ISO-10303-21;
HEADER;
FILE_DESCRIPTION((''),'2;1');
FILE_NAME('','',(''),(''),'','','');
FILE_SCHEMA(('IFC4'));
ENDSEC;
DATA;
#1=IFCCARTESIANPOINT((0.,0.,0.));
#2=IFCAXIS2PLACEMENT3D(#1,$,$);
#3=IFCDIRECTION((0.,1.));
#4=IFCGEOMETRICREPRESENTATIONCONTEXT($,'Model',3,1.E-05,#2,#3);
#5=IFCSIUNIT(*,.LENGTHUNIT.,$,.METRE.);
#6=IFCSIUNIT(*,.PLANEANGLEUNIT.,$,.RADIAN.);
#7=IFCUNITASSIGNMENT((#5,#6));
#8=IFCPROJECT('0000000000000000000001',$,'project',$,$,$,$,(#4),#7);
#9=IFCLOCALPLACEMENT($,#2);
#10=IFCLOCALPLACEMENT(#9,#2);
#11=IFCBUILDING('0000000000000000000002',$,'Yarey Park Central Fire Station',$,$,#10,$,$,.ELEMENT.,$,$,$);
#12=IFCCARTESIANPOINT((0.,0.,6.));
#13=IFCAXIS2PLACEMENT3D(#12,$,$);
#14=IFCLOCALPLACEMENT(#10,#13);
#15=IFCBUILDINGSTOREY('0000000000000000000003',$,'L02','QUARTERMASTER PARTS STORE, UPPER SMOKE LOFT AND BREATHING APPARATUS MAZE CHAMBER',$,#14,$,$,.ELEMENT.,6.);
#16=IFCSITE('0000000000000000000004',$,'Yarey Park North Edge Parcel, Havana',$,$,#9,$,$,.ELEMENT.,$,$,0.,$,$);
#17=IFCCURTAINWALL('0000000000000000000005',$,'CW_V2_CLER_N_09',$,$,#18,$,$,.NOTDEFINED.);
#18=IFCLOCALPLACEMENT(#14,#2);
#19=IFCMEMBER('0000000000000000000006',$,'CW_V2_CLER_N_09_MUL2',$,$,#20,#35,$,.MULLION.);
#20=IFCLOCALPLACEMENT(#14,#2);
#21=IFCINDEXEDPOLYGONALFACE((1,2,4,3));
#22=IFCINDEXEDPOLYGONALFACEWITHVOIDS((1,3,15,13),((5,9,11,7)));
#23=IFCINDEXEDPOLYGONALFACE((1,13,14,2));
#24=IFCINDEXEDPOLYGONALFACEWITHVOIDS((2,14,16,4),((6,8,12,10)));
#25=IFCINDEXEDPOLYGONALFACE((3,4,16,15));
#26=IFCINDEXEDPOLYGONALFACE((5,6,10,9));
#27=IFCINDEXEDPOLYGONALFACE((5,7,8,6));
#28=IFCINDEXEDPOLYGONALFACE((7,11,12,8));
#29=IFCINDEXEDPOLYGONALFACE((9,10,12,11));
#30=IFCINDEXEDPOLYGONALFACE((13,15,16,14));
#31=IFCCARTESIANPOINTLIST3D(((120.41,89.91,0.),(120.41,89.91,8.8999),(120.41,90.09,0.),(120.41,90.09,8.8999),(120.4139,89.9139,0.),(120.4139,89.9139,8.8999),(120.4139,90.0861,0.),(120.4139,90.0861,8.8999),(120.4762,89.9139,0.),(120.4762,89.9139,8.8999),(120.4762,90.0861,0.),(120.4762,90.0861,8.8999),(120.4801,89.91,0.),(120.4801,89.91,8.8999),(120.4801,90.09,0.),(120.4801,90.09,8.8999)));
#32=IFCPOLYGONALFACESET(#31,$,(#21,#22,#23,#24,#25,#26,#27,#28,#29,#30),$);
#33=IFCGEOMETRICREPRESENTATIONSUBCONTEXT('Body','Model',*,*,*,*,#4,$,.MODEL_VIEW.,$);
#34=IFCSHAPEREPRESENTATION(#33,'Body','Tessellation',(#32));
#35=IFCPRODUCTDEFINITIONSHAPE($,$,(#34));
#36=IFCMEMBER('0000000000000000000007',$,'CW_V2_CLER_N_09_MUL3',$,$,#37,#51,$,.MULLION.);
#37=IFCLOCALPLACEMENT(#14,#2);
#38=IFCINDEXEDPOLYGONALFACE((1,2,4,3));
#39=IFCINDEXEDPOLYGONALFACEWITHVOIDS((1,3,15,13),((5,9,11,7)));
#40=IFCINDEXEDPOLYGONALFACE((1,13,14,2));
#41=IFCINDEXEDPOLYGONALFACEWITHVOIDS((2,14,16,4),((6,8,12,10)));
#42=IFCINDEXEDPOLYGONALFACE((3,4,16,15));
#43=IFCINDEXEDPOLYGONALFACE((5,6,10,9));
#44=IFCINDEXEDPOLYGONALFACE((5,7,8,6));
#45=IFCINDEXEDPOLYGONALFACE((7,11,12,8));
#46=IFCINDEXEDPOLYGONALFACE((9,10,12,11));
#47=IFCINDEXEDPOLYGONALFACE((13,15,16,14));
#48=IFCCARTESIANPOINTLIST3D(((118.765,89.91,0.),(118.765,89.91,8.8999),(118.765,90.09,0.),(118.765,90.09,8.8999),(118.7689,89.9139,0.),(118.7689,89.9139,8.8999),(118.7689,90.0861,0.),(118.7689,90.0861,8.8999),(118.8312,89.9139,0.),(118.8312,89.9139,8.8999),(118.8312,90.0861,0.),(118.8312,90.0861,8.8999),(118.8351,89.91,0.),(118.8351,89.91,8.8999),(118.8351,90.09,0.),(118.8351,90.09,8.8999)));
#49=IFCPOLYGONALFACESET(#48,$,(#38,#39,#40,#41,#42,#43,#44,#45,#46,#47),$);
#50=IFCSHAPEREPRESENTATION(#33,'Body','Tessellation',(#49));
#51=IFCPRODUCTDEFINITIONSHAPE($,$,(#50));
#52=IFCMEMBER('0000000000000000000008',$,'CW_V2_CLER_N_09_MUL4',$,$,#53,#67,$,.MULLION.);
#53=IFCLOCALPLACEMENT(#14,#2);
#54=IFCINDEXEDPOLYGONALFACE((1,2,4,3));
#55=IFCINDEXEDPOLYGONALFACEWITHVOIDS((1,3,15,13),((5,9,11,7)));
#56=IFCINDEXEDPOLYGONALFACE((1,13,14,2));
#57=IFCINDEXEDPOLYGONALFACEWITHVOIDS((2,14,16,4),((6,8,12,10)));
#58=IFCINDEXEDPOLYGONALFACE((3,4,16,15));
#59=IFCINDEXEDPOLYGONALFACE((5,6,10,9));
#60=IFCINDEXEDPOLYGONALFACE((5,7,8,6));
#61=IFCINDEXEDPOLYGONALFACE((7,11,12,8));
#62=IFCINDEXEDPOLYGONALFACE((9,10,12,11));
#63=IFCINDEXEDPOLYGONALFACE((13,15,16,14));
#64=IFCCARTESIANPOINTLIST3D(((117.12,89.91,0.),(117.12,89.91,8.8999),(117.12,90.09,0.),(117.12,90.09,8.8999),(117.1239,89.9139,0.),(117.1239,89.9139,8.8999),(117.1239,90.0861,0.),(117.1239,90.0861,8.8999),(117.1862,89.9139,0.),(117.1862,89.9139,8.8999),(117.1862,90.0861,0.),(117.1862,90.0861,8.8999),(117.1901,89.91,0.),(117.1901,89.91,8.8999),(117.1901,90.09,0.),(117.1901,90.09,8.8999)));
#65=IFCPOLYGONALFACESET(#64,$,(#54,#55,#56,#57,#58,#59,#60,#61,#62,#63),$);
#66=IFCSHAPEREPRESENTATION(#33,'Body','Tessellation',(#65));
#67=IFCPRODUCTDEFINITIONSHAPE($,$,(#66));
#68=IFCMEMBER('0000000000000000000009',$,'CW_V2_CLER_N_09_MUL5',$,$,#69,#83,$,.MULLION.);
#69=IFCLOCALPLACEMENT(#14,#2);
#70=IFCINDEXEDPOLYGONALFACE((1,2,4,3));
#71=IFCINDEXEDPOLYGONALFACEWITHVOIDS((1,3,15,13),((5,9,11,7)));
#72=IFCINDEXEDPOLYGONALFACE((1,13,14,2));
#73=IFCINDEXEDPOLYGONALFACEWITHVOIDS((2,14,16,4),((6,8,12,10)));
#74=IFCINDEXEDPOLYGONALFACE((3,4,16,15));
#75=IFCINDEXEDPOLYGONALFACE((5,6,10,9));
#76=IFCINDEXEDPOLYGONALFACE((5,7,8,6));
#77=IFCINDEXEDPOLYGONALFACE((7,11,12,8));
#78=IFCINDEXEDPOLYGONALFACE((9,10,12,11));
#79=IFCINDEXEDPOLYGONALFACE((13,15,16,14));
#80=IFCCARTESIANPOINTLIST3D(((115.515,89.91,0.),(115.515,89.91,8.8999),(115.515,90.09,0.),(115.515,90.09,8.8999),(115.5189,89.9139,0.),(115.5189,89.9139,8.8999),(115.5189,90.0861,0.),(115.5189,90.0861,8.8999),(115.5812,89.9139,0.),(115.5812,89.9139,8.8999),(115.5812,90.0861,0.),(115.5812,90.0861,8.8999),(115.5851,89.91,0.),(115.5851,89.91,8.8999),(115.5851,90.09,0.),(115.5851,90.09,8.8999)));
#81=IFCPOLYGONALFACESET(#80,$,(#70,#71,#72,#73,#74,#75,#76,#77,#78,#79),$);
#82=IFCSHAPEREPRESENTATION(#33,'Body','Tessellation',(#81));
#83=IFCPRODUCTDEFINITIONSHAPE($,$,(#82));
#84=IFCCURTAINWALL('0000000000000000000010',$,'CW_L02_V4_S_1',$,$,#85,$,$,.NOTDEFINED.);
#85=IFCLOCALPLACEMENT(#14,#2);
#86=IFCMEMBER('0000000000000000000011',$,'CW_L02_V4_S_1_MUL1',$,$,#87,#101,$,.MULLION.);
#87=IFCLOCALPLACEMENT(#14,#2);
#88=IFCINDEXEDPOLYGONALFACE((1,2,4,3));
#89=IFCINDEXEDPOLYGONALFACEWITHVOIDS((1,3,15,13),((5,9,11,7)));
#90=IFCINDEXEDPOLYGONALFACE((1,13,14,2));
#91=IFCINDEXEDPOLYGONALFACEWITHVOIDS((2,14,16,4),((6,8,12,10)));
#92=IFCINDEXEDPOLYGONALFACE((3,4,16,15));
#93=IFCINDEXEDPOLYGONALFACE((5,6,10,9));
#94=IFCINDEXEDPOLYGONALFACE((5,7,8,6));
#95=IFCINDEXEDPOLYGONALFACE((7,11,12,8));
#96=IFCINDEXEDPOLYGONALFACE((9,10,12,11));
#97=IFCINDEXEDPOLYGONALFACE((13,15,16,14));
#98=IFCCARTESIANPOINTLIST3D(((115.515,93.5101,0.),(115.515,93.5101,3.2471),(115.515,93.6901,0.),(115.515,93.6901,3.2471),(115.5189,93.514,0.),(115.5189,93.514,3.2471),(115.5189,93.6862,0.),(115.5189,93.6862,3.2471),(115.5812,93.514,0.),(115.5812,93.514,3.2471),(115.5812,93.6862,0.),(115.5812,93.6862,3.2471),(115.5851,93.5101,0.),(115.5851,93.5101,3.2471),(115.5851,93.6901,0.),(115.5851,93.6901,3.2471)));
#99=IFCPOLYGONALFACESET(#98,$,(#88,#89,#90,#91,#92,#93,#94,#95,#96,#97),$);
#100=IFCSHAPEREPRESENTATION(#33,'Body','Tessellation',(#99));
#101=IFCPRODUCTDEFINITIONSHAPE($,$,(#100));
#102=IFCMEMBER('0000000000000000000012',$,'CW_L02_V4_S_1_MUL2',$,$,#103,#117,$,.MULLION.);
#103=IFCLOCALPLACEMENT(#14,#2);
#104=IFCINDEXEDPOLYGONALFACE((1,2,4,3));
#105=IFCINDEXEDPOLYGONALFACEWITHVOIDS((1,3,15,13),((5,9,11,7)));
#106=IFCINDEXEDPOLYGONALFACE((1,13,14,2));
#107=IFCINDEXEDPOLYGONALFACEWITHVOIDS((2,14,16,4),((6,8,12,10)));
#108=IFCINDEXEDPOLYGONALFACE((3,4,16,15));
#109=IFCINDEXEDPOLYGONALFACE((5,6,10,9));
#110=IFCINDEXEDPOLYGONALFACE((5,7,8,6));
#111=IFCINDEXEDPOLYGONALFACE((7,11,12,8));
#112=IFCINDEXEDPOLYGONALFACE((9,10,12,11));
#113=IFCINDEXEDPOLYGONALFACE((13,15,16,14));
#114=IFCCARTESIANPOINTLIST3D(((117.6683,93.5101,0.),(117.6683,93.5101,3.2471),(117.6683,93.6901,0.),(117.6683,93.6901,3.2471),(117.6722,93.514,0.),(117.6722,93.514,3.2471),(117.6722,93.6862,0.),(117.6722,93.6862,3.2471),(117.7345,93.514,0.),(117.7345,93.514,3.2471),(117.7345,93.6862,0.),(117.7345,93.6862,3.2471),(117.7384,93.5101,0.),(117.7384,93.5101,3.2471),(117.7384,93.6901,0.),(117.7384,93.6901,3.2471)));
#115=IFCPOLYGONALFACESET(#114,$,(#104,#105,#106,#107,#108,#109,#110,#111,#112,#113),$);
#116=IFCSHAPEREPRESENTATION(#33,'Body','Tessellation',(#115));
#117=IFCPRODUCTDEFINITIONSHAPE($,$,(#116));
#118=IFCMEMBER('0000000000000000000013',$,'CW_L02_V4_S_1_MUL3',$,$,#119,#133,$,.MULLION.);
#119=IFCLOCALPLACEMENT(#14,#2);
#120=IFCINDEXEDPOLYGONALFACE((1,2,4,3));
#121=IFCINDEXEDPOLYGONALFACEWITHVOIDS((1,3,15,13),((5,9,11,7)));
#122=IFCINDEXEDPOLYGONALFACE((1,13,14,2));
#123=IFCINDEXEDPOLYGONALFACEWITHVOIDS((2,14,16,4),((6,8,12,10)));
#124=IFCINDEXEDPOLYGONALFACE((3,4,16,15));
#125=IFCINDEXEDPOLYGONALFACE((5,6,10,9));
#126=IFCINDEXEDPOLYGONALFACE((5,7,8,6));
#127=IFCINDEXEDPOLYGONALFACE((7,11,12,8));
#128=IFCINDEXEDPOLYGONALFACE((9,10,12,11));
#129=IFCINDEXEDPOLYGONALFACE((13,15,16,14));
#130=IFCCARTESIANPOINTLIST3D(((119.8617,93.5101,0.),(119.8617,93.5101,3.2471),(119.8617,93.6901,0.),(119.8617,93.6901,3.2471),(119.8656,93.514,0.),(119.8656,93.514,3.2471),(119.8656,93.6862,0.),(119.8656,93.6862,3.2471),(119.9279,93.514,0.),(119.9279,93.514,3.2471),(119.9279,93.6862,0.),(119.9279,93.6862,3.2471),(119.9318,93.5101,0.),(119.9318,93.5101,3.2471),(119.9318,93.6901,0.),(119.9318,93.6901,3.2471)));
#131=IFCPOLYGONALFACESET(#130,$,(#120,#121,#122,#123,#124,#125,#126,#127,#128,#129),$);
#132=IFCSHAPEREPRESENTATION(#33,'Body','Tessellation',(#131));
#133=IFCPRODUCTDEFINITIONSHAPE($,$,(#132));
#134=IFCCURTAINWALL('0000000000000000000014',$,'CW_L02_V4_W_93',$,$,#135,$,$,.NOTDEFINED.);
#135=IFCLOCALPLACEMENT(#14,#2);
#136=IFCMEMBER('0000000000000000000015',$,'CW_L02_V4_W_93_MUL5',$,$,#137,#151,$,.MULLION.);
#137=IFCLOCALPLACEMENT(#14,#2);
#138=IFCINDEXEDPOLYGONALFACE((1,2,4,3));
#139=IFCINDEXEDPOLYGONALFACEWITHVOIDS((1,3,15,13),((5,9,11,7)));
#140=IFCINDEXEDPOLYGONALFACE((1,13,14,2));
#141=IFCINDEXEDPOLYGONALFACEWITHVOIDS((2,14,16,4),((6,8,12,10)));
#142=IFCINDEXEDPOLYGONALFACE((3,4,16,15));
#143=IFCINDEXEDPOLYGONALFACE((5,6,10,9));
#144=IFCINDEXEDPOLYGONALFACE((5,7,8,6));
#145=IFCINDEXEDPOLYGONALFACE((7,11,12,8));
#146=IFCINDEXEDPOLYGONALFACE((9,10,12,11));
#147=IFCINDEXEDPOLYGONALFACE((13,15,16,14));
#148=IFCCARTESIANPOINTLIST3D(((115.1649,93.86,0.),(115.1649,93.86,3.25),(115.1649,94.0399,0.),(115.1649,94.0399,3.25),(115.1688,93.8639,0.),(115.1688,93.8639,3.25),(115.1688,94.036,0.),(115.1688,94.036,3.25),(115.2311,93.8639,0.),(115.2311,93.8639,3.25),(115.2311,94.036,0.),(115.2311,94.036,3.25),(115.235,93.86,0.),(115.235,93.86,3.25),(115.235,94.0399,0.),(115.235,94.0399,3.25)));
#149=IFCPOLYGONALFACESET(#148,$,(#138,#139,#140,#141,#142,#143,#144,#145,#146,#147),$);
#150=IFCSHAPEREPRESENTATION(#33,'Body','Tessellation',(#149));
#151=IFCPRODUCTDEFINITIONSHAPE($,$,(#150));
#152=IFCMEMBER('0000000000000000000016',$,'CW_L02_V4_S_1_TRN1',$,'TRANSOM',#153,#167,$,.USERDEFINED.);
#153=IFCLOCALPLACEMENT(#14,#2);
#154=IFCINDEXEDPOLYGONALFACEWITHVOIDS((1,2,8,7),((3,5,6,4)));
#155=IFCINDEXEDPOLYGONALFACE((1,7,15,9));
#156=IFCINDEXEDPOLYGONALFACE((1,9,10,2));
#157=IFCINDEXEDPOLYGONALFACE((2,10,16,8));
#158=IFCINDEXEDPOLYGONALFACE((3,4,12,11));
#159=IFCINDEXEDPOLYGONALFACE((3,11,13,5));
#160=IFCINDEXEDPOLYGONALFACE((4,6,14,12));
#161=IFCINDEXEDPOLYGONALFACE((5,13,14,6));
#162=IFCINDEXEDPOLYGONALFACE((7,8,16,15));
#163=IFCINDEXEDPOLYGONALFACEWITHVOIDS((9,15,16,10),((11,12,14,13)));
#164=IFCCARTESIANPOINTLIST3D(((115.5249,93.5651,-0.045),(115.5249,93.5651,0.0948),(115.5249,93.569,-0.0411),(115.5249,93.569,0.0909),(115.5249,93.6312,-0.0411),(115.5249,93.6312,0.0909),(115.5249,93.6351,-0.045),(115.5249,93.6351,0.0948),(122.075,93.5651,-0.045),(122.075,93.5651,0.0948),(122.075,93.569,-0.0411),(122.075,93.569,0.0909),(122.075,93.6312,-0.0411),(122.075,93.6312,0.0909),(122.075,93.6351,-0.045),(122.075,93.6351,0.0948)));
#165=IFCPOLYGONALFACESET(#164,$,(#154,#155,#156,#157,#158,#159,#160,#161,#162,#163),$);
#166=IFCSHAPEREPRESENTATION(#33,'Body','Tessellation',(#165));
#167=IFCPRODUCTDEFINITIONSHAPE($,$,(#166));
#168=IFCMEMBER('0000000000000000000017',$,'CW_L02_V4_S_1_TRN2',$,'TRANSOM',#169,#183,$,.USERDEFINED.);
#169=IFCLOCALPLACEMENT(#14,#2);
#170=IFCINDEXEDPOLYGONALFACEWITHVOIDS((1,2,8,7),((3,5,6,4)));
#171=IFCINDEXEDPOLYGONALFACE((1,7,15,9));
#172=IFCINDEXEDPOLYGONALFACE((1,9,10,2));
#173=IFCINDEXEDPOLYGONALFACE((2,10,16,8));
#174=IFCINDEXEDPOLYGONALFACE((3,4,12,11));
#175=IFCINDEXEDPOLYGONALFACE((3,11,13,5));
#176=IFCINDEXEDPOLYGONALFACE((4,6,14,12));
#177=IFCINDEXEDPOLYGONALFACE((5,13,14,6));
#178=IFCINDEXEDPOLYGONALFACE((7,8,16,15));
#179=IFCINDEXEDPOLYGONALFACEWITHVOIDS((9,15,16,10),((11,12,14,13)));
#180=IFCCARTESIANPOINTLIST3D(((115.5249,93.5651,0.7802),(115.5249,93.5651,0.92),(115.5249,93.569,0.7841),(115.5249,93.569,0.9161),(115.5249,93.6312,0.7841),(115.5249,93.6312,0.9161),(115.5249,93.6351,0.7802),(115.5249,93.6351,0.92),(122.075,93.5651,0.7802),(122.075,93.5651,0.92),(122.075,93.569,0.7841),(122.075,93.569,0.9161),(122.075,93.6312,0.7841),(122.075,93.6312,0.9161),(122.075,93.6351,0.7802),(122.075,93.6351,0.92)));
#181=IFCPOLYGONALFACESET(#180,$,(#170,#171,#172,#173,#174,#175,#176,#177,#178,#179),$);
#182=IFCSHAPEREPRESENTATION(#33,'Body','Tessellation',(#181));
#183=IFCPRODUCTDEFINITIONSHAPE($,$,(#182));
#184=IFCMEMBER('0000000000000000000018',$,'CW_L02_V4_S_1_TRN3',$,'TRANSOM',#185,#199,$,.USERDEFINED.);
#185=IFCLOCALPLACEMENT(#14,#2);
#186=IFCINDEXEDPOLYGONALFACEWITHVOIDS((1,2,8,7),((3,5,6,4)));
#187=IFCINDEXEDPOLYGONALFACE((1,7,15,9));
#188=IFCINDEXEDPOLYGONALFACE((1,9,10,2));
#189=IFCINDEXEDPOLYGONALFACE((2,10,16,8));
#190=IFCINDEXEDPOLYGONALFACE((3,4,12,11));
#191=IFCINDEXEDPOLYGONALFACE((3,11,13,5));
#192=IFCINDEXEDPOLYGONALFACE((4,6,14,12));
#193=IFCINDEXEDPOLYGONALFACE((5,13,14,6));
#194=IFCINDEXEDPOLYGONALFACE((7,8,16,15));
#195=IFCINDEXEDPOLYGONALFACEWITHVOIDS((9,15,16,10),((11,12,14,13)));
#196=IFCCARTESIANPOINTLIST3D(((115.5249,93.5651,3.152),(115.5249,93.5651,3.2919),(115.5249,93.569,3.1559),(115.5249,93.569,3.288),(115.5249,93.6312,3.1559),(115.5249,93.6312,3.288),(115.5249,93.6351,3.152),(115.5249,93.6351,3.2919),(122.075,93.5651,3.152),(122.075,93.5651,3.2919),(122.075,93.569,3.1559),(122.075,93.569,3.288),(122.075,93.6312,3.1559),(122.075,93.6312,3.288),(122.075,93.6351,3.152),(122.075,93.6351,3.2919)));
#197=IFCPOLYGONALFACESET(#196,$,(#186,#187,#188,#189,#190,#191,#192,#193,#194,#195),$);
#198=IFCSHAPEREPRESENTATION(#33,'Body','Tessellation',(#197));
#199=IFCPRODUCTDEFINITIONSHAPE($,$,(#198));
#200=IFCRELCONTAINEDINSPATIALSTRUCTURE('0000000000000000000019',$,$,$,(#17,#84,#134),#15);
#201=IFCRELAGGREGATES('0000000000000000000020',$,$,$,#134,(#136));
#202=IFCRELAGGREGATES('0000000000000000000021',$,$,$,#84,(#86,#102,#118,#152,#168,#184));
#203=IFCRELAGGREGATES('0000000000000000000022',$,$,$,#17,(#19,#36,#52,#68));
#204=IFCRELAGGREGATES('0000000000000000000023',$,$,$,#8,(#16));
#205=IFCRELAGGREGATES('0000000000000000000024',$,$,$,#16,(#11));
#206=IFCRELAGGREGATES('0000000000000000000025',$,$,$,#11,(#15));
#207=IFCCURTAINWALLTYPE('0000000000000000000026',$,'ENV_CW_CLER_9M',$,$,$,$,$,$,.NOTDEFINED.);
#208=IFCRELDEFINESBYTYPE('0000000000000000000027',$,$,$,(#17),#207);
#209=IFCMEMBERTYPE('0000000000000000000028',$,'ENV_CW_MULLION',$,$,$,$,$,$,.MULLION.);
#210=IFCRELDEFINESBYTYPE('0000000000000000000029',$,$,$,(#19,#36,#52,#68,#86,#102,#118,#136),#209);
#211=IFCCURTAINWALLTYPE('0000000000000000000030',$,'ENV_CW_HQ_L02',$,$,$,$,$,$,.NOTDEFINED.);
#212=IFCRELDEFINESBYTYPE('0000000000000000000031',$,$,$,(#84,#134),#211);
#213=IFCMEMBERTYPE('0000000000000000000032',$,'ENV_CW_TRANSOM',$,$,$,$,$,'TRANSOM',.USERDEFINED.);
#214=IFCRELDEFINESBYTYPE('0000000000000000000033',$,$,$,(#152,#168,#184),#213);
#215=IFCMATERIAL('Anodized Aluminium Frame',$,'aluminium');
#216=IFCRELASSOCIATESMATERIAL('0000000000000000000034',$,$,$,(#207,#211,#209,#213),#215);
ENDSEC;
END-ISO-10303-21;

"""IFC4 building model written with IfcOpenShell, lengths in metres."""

from ifc_helpers import new_model, si_unit, direction, frame, origin, origin_2d, place, context, subcontext, project, spatial, hollow_rectangle, extrude, material, material_profile, profile_set, type_object, element, aggregate, save


model = new_model("IFC4")

# Units and contexts
model_context = context("Model", 3, precision=1e-05, world=origin(), true_north=direction((0.0, 1.0)))
body_context = subcontext(model_context, "Body", "Model", "MODEL_VIEW")
ifc_project = project(units=[si_unit("LENGTHUNIT", "METRE"), si_unit("PLANEANGLEUNIT", "RADIAN")], contexts=[model_context])

# Site, building, storey
site_placement = place(None, origin())
site = spatial("IfcSite", under=ifc_project, at=site_placement, Name="Yarey Park North Edge Parcel, Havana", CompositionType="ELEMENT", RefElevation=0.0)
building_placement = place(site_placement, origin())
building = spatial("IfcBuilding", under=site, at=building_placement, Name="Yarey Park Central Fire Station", CompositionType="ELEMENT")
storey_placement = place(building_placement, frame((0.0, 0.0, 6.0)))
storey = spatial("IfcBuildingStorey", under=building, at=storey_placement, Name="L02", Description="QUARTERMASTER PARTS STORE, UPPER SMOKE LOFT AND BREATHING APPARATUS MAZE CHAMBER", CompositionType="ELEMENT", Elevation=6.0)

# Curtain walls, members
ifc_material_1 = material(Name="Anodized Aluminium Frame", Category="aluminium")
curtain_wall_type_1 = type_object("IfcCurtainWallType", Name="ENV_CW_CLER_9M", PredefinedType="NOTDEFINED", material=ifc_material_1)
curtain_wall_1_placement = place(storey_placement, origin())
curtain_wall_1 = element("IfcCurtainWall", 1, at=curtain_wall_1_placement, inside=storey, type_object=curtain_wall_type_1, Name="CW_V2_CLER_N_09", PredefinedType="NOTDEFINED")
ifc_material_profile_1 = material_profile(ifc_material_1, hollow_rectangle(XDim=0.0701, YDim=0.1799, WallThickness=0.0039, at=origin_2d()), Name="ALU 180x70x4")
ifc_profile_set_1 = profile_set([ifc_material_profile_1], Name="Anodized Aluminium Frame")
member_type_1 = type_object("IfcMemberType", Name="ENV_CW_MULLION", PredefinedType="MULLION", material=ifc_profile_set_1)
member_1_placement = place(storey_placement, frame((120.4451, 90.0, 0.0), z_axis=(0.0, 0.0, 1.0), x_axis=(1.0, 0.0, 0.0)))
member_1 = element("IfcMember", 2, at=member_1_placement, type_object=member_type_1, Name="CW_V2_CLER_N_09_MUL2", PredefinedType="MULLION", context=body_context, shape_type="SweptSolid", body=[
    extrude(hollow_rectangle(XDim=0.0701, YDim=0.1799, WallThickness=0.0039, at=origin_2d()), origin(), (0.0, 0.0, 1.0), 8.8999),
])
member_2_placement = place(storey_placement, frame((118.8, 90.0, 0.0), z_axis=(0.0, 0.0, 1.0), x_axis=(1.0, 0.0, 0.0)))
member_2 = element("IfcMember", 3, at=member_2_placement, type_object=member_type_1, Name="CW_V2_CLER_N_09_MUL3", PredefinedType="MULLION", context=body_context, shape_type="SweptSolid", body=[
    extrude(hollow_rectangle(XDim=0.0701, YDim=0.1799, WallThickness=0.0039, at=origin_2d()), origin(), (0.0, 0.0, 1.0), 8.8999),
])
member_3_placement = place(storey_placement, frame((117.155, 90.0, 0.0), z_axis=(0.0, 0.0, 1.0), x_axis=(1.0, 0.0, 0.0)))
member_3 = element("IfcMember", 4, at=member_3_placement, type_object=member_type_1, Name="CW_V2_CLER_N_09_MUL4", PredefinedType="MULLION", context=body_context, shape_type="SweptSolid", body=[
    extrude(hollow_rectangle(XDim=0.0701, YDim=0.1799, WallThickness=0.0039, at=origin_2d()), origin(), (0.0, 0.0, 1.0), 8.8999),
])
member_4_placement = place(storey_placement, frame((115.55, 90.0, 0.0), z_axis=(0.0, 0.0, 1.0), x_axis=(1.0, 0.0, 0.0)))
member_4 = element("IfcMember", 5, at=member_4_placement, type_object=member_type_1, Name="CW_V2_CLER_N_09_MUL5", PredefinedType="MULLION", context=body_context, shape_type="SweptSolid", body=[
    extrude(hollow_rectangle(XDim=0.0701, YDim=0.1799, WallThickness=0.0039, at=origin_2d()), origin(), (0.0, 0.0, 1.0), 8.8999),
])
curtain_wall_type_2 = type_object("IfcCurtainWallType", Name="ENV_CW_HQ_L02", PredefinedType="NOTDEFINED", material=ifc_material_1)
curtain_wall_2_placement = place(storey_placement, origin())
curtain_wall_2 = element("IfcCurtainWall", 6, at=curtain_wall_2_placement, inside=storey, type_object=curtain_wall_type_2, Name="CW_L02_V4_S_1", PredefinedType="NOTDEFINED")
member_5_placement = place(storey_placement, frame((115.55, 93.6001, 0.0), z_axis=(0.0, 0.0, 1.0), x_axis=(1.0, 0.0, 0.0)))
member_5 = element("IfcMember", 7, at=member_5_placement, type_object=member_type_1, Name="CW_L02_V4_S_1_MUL1", PredefinedType="MULLION", context=body_context, shape_type="SweptSolid", body=[
    extrude(hollow_rectangle(XDim=0.0701, YDim=0.1799, WallThickness=0.0039, at=origin_2d()), origin(), (0.0, 0.0, 1.0), 3.2471),
])
member_6_placement = place(storey_placement, frame((117.7034, 93.6001, 0.0), z_axis=(0.0, 0.0, 1.0), x_axis=(1.0, 0.0, 0.0)))
member_6 = element("IfcMember", 8, at=member_6_placement, type_object=member_type_1, Name="CW_L02_V4_S_1_MUL2", PredefinedType="MULLION", context=body_context, shape_type="SweptSolid", body=[
    extrude(hollow_rectangle(XDim=0.0701, YDim=0.1799, WallThickness=0.0039, at=origin_2d()), origin(), (0.0, 0.0, 1.0), 3.2471),
])
member_7_placement = place(storey_placement, frame((119.8967, 93.6001, 0.0), z_axis=(0.0, 0.0, 1.0), x_axis=(1.0, 0.0, 0.0)))
member_7 = element("IfcMember", 9, at=member_7_placement, type_object=member_type_1, Name="CW_L02_V4_S_1_MUL3", PredefinedType="MULLION", context=body_context, shape_type="SweptSolid", body=[
    extrude(hollow_rectangle(XDim=0.0701, YDim=0.1799, WallThickness=0.0039, at=origin_2d()), origin(), (0.0, 0.0, 1.0), 3.2471),
])

# Curtain wall, member
curtain_wall_3_placement = place(storey_placement, origin())
curtain_wall_3 = element("IfcCurtainWall", 10, at=curtain_wall_3_placement, inside=storey, type_object=curtain_wall_type_2, Name="CW_L02_V4_W_93", PredefinedType="NOTDEFINED")
member_8_placement = place(storey_placement, frame((115.2, 93.95, 0.0), z_axis=(0.0, 0.0, 1.0), x_axis=(1.0, 0.0, 0.0)))
member_8 = element("IfcMember", 11, at=member_8_placement, type_object=member_type_1, Name="CW_L02_V4_W_93_MUL5", PredefinedType="MULLION", context=body_context, shape_type="SweptSolid", body=[
    extrude(hollow_rectangle(XDim=0.0701, YDim=0.1799, WallThickness=0.0039, at=origin_2d()), origin(), (0.0, 0.0, 1.0), 3.25),
])

# Members
ifc_material_profile_2 = material_profile(ifc_material_1, hollow_rectangle(XDim=0.0701, YDim=0.1399, WallThickness=0.0039, at=origin_2d()), Name="ALU 140x70x4")
ifc_profile_set_2 = profile_set([ifc_material_profile_2], Name="Anodized Aluminium Frame")
member_type_2 = type_object("IfcMemberType", Name="ENV_CW_TRANSOM", ElementType="TRANSOM", PredefinedType="USERDEFINED", material=ifc_profile_set_2)
member_9_placement = place(storey_placement, frame((115.5249, 93.6001, 0.0249), z_axis=(1.0, 0.0, 0.0), x_axis=(0.0, 1.0, 0.0)))
member_9 = element("IfcMember", 12, at=member_9_placement, type_object=member_type_2, Name="CW_L02_V4_S_1_TRN1", ObjectType="TRANSOM", PredefinedType="USERDEFINED", context=body_context, shape_type="SweptSolid", body=[
    extrude(hollow_rectangle(XDim=0.0701, YDim=0.1399, WallThickness=0.0039, at=origin_2d()), origin(), (0.0, 0.0, 1.0), 6.55),
])
member_10_placement = place(storey_placement, frame((115.5249, 93.6001, 0.8501), z_axis=(1.0, 0.0, 0.0), x_axis=(0.0, 1.0, 0.0)))
member_10 = element("IfcMember", 13, at=member_10_placement, type_object=member_type_2, Name="CW_L02_V4_S_1_TRN2", ObjectType="TRANSOM", PredefinedType="USERDEFINED", context=body_context, shape_type="SweptSolid", body=[
    extrude(hollow_rectangle(XDim=0.0701, YDim=0.1399, WallThickness=0.0039, at=origin_2d()), origin(), (0.0, 0.0, 1.0), 6.55),
])
member_11_placement = place(storey_placement, frame((115.5249, 93.6001, 3.2219), z_axis=(1.0, 0.0, 0.0), x_axis=(0.0, 1.0, 0.0)))
member_11 = element("IfcMember", 14, at=member_11_placement, type_object=member_type_2, Name="CW_L02_V4_S_1_TRN3", ObjectType="TRANSOM", PredefinedType="USERDEFINED", context=body_context, shape_type="SweptSolid", body=[
    extrude(hollow_rectangle(XDim=0.0701, YDim=0.1399, WallThickness=0.0039, at=origin_2d()), origin(), (0.0, 0.0, 1.0), 6.55),
])

aggregate(curtain_wall_3, [member_8])
aggregate(curtain_wall_2, [member_5, member_6, member_7, member_9, member_10, member_11])
aggregate(curtain_wall_1, [member_1, member_2, member_3, member_4])

save(model, "model.ifc")
